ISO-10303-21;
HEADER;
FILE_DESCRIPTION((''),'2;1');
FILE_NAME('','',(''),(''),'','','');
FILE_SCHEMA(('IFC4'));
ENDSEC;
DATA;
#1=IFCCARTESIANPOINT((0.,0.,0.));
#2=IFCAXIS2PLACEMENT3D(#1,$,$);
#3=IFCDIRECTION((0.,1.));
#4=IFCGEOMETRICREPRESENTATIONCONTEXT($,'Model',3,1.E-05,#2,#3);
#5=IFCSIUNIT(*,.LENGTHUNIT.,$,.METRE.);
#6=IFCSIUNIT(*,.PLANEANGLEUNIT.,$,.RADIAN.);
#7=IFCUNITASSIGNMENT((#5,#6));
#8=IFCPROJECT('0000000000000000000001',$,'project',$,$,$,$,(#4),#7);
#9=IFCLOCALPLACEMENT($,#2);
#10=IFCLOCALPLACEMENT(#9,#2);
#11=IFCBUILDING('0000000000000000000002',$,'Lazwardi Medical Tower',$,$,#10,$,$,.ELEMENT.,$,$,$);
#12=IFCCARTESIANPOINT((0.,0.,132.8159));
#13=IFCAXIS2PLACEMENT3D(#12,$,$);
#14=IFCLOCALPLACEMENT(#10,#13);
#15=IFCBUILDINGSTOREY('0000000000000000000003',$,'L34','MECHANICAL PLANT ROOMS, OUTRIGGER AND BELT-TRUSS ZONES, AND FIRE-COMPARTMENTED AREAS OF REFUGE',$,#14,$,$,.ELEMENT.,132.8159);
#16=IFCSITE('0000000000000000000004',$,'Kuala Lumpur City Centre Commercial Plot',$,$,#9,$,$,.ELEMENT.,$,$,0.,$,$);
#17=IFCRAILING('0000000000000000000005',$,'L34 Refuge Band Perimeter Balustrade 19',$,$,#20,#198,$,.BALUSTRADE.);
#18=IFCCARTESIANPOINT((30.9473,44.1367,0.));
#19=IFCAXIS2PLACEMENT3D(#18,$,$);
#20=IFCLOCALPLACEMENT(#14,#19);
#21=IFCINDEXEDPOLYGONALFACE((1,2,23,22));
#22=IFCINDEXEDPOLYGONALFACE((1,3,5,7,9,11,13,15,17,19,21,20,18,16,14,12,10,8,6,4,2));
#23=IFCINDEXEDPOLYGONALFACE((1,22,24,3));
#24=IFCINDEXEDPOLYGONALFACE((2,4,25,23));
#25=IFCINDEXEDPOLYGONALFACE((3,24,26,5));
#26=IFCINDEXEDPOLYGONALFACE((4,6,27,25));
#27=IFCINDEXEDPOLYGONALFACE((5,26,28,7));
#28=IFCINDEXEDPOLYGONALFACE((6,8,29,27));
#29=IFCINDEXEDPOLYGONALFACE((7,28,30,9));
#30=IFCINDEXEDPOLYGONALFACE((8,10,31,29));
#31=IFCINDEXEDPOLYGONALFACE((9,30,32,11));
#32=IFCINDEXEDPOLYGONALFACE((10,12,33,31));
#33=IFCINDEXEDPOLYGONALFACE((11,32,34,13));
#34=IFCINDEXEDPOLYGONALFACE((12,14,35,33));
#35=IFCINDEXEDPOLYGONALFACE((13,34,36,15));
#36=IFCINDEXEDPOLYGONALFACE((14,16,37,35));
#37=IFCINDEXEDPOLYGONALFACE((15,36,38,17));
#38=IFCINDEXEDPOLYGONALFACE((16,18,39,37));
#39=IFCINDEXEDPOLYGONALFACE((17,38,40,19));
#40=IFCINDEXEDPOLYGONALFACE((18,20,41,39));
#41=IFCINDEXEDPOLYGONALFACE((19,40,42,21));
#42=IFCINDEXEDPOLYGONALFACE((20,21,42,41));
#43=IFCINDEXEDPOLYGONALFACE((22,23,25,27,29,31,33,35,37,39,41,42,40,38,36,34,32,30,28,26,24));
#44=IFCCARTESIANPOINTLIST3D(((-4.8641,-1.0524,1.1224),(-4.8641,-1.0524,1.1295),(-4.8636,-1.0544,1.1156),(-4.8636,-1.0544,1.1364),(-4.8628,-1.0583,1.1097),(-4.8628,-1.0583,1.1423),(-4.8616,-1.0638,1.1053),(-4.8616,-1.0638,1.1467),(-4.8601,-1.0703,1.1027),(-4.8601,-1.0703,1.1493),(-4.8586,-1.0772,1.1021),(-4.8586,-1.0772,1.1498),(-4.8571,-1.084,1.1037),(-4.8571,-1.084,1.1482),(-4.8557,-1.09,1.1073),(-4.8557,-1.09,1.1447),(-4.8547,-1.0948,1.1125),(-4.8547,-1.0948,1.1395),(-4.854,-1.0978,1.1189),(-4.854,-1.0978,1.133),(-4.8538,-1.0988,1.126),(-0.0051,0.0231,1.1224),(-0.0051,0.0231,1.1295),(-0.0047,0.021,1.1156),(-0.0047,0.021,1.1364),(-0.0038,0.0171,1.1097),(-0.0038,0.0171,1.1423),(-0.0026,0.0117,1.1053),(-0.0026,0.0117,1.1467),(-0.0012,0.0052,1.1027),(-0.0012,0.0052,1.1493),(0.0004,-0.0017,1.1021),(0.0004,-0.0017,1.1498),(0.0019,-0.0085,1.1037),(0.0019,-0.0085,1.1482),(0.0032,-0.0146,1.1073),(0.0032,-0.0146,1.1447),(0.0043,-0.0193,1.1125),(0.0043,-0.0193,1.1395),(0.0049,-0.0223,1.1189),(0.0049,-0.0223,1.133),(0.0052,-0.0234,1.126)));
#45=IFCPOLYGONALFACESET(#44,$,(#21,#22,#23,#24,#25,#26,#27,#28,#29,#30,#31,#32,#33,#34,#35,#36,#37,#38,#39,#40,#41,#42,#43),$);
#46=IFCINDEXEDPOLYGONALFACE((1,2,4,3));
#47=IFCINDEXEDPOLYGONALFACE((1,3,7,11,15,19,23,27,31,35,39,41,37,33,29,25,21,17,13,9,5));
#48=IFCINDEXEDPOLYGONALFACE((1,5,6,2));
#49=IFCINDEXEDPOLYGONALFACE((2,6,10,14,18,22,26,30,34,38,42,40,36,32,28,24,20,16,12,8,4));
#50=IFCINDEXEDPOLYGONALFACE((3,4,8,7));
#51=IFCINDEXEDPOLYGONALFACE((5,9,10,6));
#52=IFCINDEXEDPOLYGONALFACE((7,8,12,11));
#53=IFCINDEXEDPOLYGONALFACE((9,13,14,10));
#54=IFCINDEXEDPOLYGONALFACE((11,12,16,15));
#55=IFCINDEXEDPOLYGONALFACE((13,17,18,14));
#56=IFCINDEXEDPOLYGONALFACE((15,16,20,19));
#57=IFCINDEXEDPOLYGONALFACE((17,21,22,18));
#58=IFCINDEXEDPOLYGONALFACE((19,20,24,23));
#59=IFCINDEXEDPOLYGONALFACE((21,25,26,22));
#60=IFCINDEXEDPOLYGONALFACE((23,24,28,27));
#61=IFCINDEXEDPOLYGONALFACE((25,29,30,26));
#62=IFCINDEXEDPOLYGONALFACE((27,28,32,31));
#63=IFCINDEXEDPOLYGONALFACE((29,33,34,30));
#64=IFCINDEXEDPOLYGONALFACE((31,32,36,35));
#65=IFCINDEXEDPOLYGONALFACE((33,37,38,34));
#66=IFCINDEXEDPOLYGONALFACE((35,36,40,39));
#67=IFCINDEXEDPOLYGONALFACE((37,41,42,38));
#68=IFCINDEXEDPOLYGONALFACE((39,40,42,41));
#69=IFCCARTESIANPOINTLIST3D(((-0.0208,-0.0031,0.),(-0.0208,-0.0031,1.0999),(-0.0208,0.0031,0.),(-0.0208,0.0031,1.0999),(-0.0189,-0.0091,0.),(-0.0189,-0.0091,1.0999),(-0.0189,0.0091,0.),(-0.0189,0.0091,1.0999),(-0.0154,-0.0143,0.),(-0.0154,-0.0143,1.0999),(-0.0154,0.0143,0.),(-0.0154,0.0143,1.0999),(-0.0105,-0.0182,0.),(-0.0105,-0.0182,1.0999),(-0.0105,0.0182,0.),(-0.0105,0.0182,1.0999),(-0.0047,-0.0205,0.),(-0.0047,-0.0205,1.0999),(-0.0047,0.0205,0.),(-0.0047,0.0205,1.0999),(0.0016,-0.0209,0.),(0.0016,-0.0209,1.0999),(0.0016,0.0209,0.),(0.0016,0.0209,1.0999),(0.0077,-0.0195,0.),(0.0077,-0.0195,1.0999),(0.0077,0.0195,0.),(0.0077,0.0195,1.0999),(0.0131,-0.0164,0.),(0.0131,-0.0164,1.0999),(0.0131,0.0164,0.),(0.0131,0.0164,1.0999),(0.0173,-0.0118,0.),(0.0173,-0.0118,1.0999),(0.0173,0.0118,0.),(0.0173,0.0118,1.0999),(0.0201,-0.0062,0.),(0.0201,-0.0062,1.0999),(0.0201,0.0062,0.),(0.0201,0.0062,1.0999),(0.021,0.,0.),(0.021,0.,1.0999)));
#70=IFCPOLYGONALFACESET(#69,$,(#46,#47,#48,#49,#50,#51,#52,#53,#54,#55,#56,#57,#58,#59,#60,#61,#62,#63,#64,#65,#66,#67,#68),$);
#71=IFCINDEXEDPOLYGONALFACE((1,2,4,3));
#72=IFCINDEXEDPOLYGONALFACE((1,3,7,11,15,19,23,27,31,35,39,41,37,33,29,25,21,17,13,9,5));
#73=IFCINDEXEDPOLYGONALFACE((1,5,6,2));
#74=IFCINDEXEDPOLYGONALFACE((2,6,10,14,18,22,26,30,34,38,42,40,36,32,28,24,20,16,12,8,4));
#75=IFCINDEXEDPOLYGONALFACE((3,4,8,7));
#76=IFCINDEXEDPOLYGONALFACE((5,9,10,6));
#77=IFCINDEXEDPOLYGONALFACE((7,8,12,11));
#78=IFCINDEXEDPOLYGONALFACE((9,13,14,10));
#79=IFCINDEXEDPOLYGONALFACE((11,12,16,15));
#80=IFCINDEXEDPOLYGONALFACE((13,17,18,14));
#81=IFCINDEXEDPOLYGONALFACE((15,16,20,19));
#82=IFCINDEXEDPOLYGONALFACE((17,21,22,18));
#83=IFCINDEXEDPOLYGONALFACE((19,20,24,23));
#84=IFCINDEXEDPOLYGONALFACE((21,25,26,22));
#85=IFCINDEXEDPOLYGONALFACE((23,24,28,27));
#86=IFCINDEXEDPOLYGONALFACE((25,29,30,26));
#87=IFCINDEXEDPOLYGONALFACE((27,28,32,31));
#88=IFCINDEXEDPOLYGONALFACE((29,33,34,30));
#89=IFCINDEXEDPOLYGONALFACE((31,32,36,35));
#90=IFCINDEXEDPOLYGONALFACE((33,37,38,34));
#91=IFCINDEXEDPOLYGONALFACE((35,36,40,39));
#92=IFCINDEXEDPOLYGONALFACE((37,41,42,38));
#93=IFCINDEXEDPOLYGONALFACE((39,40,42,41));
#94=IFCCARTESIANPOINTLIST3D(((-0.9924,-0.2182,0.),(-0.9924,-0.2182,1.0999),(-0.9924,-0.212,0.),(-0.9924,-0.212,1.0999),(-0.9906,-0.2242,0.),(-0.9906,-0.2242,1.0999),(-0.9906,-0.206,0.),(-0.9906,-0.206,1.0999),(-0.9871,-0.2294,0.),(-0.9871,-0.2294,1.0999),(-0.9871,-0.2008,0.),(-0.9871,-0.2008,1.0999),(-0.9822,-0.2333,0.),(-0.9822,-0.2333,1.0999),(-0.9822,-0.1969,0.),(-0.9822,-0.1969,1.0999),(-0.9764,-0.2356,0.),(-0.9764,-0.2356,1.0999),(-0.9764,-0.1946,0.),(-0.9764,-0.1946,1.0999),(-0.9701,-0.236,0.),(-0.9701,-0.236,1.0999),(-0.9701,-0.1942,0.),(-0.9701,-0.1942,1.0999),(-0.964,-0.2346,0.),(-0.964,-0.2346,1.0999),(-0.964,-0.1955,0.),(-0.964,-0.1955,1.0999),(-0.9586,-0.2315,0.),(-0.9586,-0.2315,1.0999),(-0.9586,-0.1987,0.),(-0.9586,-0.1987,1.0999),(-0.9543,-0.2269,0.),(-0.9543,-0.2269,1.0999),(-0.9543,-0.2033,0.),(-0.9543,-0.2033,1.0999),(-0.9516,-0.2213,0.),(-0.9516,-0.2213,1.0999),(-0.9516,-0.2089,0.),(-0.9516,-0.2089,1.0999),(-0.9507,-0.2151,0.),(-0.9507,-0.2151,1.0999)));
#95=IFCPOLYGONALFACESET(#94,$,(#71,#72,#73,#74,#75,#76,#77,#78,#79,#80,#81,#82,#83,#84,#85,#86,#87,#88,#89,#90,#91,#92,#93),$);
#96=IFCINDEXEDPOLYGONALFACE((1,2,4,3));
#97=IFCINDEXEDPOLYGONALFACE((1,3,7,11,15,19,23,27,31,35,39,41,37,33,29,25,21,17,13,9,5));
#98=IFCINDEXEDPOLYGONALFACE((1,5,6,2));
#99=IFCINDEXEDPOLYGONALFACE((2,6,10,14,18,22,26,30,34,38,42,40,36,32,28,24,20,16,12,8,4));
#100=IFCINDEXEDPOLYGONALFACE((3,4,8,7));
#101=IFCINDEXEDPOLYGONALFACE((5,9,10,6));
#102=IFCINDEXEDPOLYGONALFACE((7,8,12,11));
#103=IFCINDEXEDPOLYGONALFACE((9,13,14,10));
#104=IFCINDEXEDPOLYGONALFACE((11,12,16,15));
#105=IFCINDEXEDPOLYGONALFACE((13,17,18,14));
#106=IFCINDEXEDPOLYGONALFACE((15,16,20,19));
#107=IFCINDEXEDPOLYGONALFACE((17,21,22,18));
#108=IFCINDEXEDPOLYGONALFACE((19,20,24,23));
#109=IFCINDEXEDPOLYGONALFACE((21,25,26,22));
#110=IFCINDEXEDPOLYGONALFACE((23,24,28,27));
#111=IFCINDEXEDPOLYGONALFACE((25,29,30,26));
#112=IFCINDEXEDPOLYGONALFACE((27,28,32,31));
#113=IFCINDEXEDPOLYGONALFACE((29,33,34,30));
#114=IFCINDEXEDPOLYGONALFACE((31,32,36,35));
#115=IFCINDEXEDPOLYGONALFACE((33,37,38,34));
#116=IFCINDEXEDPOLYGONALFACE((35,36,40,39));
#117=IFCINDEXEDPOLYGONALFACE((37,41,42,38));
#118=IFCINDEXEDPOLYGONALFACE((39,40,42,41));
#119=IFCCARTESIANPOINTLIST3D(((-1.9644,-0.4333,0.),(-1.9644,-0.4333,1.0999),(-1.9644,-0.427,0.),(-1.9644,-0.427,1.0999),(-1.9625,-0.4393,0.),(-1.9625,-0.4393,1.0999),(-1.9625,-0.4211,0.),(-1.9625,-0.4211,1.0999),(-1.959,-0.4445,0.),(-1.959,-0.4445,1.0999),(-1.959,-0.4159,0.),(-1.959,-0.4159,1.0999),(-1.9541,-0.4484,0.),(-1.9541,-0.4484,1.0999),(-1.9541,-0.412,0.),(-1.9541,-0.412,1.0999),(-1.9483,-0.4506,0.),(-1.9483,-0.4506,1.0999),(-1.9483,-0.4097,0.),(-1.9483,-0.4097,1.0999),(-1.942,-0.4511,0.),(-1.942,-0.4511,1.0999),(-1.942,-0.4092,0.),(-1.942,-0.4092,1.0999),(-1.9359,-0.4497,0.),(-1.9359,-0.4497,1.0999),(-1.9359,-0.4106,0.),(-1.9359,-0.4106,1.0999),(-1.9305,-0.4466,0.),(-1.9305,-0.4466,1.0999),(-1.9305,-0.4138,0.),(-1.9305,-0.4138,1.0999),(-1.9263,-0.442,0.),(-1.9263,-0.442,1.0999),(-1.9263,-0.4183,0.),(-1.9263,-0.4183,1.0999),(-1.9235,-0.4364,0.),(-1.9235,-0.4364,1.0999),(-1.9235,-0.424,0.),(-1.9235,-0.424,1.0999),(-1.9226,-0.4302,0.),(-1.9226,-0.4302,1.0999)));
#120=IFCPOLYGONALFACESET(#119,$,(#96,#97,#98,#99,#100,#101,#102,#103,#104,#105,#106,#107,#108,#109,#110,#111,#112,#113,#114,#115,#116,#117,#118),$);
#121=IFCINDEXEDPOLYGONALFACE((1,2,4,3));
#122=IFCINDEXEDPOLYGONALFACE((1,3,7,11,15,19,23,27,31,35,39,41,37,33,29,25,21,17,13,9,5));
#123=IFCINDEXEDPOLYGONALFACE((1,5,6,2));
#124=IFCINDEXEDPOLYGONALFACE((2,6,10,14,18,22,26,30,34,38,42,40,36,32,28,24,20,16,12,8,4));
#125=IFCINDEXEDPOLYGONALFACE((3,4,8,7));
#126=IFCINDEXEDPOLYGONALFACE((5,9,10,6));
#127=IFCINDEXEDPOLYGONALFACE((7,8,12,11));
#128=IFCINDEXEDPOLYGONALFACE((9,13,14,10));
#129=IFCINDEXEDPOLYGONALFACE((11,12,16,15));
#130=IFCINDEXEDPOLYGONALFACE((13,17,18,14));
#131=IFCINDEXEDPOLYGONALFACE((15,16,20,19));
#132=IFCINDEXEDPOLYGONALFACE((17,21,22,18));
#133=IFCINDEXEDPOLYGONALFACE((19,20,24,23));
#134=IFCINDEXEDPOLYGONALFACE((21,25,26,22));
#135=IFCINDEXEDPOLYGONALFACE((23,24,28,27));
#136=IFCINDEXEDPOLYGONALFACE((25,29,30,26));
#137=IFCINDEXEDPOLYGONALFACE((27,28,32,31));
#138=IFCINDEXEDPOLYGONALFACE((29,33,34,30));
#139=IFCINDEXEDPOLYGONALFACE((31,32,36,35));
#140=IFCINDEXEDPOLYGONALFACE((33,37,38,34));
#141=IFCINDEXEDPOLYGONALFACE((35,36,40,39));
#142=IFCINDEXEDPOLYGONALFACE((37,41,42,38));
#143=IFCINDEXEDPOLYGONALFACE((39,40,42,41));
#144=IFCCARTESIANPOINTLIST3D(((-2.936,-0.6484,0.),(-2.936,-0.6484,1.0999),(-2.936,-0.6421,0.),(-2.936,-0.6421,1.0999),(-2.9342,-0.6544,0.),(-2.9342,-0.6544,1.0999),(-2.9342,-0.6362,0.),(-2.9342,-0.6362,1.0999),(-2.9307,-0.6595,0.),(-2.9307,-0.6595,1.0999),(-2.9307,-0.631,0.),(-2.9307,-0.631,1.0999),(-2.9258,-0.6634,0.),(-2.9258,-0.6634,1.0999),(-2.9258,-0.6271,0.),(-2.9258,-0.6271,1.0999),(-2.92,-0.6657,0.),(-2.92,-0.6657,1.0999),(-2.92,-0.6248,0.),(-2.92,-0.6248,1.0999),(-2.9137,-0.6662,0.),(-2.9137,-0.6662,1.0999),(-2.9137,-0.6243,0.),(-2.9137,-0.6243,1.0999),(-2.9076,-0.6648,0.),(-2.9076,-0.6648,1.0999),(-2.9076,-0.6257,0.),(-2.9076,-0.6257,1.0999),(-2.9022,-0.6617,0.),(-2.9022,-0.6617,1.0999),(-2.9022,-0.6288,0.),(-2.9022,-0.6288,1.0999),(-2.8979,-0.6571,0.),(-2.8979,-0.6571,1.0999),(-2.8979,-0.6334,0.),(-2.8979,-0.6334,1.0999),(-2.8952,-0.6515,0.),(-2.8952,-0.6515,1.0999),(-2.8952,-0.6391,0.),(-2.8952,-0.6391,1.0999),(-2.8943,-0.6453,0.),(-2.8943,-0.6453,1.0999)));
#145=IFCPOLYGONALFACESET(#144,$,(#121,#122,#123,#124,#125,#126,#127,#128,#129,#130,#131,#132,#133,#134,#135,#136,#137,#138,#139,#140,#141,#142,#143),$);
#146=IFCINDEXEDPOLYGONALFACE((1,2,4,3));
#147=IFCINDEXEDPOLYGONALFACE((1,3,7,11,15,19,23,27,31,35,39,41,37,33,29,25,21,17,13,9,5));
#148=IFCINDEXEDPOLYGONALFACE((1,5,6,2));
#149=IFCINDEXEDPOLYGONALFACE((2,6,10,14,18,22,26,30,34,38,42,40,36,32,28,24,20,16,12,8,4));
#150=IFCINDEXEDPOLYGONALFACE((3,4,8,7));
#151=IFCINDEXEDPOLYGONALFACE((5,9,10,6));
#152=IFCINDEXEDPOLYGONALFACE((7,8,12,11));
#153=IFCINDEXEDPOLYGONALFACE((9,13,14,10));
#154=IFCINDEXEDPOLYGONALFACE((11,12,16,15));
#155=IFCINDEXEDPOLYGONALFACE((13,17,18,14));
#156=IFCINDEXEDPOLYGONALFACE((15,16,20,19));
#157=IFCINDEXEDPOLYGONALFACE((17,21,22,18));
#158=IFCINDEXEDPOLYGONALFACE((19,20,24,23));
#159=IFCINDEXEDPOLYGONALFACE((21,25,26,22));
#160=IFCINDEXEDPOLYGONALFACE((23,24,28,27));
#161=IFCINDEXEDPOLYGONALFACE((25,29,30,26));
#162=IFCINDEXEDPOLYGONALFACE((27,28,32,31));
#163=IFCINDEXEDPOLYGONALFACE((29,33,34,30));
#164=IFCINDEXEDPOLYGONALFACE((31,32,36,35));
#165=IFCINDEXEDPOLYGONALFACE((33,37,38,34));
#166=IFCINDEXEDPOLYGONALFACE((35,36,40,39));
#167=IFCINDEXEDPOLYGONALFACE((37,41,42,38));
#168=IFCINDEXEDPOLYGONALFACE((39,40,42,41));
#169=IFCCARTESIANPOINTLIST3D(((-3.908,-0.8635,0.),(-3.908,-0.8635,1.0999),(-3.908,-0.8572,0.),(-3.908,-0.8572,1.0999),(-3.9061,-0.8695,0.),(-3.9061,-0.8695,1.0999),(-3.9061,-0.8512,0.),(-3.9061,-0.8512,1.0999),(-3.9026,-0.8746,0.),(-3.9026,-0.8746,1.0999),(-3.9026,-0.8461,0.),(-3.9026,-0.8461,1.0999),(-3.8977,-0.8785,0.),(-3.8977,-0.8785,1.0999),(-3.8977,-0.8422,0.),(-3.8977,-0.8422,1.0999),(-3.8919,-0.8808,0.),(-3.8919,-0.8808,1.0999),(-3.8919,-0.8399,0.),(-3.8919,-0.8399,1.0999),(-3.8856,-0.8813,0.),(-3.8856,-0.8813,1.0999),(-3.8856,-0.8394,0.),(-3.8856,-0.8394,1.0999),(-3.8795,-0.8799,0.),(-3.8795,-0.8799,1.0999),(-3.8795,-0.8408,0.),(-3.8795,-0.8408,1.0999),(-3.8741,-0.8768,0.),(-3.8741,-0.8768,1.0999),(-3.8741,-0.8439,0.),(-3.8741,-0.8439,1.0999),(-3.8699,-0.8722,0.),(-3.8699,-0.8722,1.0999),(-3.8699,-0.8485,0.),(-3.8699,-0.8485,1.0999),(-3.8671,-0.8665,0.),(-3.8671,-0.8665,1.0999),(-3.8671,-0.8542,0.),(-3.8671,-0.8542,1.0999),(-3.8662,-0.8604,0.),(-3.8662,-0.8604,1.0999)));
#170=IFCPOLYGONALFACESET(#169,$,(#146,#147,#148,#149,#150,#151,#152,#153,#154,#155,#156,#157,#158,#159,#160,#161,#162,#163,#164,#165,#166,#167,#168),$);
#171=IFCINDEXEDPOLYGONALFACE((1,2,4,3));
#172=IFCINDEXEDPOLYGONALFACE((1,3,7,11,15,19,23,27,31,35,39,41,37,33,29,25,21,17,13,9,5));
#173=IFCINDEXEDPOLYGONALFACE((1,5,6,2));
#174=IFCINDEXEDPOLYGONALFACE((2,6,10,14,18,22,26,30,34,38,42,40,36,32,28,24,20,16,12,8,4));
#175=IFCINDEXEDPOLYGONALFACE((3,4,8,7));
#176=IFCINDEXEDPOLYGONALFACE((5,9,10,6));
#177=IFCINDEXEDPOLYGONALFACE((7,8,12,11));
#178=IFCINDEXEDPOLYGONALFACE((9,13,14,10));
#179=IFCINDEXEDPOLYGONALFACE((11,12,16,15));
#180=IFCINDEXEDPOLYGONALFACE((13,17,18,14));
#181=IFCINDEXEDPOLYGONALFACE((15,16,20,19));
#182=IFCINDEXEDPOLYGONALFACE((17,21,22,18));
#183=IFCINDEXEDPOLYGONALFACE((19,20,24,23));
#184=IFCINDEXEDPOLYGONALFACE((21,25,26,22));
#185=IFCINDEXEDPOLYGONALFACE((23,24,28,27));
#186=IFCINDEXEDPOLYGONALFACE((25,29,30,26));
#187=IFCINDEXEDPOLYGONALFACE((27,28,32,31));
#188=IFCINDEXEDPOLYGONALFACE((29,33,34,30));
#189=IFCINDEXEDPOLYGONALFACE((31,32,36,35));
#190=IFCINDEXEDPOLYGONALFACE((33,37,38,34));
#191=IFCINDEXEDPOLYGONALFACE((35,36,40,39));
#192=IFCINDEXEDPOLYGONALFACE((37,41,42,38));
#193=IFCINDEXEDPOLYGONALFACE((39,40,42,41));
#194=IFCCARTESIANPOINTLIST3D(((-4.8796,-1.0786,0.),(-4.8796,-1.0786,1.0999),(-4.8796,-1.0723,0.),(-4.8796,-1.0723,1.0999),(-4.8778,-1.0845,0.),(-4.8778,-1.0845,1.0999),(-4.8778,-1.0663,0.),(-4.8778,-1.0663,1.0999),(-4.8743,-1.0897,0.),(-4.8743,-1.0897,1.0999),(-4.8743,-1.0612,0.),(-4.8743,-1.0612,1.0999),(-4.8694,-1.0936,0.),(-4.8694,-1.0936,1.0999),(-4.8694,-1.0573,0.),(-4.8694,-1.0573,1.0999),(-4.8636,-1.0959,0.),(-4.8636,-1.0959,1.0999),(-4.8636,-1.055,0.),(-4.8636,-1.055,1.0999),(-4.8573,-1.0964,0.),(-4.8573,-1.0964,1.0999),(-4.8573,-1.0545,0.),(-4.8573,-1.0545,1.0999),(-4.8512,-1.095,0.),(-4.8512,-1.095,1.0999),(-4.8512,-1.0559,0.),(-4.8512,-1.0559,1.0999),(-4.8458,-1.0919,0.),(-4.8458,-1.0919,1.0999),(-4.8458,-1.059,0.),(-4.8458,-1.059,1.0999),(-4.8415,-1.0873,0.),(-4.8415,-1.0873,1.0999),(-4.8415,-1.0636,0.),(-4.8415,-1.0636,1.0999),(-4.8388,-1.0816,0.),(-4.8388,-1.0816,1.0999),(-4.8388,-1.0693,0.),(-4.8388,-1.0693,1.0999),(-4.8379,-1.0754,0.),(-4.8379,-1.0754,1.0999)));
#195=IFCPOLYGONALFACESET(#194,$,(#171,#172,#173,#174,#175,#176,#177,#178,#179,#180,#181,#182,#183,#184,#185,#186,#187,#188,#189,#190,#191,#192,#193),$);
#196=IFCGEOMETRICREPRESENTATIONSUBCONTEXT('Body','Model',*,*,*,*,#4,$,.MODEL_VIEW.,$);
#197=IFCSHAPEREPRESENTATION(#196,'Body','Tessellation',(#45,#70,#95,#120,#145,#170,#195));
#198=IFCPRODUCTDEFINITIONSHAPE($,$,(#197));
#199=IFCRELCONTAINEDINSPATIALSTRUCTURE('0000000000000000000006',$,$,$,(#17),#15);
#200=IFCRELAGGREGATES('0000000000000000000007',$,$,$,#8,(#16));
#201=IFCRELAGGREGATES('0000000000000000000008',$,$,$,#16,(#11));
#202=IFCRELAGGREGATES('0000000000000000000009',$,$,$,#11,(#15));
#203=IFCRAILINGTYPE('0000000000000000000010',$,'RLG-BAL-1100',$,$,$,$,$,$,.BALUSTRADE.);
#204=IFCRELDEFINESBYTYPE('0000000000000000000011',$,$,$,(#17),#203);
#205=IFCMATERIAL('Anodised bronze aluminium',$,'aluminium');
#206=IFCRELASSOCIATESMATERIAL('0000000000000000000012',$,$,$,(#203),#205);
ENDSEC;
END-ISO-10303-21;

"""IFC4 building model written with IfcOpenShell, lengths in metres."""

from ifc_helpers import new_model, si_unit, direction, frame, origin, origin_2d, place, context, subcontext, project, spatial, circle, extrude, material, type_object, element, save


model = new_model("IFC4")

# Units and contexts
model_context = context("Model", 3, precision=1e-05, world=origin(), true_north=direction((0.0, 1.0)))
body_context = subcontext(model_context, "Body", "Model", "MODEL_VIEW")
ifc_project = project(units=[si_unit("LENGTHUNIT", "METRE"), si_unit("PLANEANGLEUNIT", "RADIAN")], contexts=[model_context])

# Site, building, storey
site_placement = place(None, origin())
site = spatial("IfcSite", under=ifc_project, at=site_placement, Name="Kuala Lumpur City Centre Commercial Plot", CompositionType="ELEMENT", RefElevation=0.0)
building_placement = place(site_placement, origin())
building = spatial("IfcBuilding", under=site, at=building_placement, Name="Lazwardi Medical Tower", CompositionType="ELEMENT")
storey_placement = place(building_placement, frame((0.0, 0.0, 132.8159)))
storey = spatial("IfcBuildingStorey", under=building, at=storey_placement, Name="L34", Description="MECHANICAL PLANT ROOMS, OUTRIGGER AND BELT-TRUSS ZONES, AND FIRE-COMPARTMENTED AREAS OF REFUGE", CompositionType="ELEMENT", Elevation=132.8159)

# Railing
ifc_material_1 = material(Name="Anodised bronze aluminium", Category="aluminium")
railing_type = type_object("IfcRailingType", Name="RLG-BAL-1100", PredefinedType="BALUSTRADE", material=ifc_material_1)
railing_1_placement = place(storey_placement, frame((30.9473, 44.1367, 0.0)))
element("IfcRailing", 1, at=railing_1_placement, inside=storey, type_object=railing_type, Name="L34 Refuge Band Perimeter Balustrade 19", PredefinedType="BALUSTRADE", context=body_context, shape_type="SweptSolid", body=[
    extrude(circle(Radius=0.0239, at=origin_2d()), frame((0.0, 0.0, 1.126), z_axis=(-0.97637, -0.216104, 0.0), x_axis=(0.216104, -0.97637, 0.0)), (0.0, 0.0, 1.0), 4.9766),
    extrude(circle(Radius=0.021, at=origin_2d()), origin(), (0.0, 0.0, 1.0), 1.0999),
    extrude(circle(Radius=0.021, at=origin_2d()), frame((-0.9717, -0.2151, 0.0)), (0.0, 0.0, 1.0), 1.0999),
    extrude(circle(Radius=0.021, at=origin_2d()), frame((-1.9436, -0.4302, 0.0)), (0.0, 0.0, 1.0), 1.0999),
    extrude(circle(Radius=0.021, at=origin_2d()), frame((-2.9153, -0.6453, 0.0)), (0.0, 0.0, 1.0), 1.0999),
    extrude(circle(Radius=0.021, at=origin_2d()), frame((-3.8872, -0.8604, 0.0)), (0.0, 0.0, 1.0), 1.0999),
    extrude(circle(Radius=0.021, at=origin_2d()), frame((-4.8589, -1.0754, 0.0)), (0.0, 0.0, 1.0), 1.0999),
])

save(model, "model.ifc")
